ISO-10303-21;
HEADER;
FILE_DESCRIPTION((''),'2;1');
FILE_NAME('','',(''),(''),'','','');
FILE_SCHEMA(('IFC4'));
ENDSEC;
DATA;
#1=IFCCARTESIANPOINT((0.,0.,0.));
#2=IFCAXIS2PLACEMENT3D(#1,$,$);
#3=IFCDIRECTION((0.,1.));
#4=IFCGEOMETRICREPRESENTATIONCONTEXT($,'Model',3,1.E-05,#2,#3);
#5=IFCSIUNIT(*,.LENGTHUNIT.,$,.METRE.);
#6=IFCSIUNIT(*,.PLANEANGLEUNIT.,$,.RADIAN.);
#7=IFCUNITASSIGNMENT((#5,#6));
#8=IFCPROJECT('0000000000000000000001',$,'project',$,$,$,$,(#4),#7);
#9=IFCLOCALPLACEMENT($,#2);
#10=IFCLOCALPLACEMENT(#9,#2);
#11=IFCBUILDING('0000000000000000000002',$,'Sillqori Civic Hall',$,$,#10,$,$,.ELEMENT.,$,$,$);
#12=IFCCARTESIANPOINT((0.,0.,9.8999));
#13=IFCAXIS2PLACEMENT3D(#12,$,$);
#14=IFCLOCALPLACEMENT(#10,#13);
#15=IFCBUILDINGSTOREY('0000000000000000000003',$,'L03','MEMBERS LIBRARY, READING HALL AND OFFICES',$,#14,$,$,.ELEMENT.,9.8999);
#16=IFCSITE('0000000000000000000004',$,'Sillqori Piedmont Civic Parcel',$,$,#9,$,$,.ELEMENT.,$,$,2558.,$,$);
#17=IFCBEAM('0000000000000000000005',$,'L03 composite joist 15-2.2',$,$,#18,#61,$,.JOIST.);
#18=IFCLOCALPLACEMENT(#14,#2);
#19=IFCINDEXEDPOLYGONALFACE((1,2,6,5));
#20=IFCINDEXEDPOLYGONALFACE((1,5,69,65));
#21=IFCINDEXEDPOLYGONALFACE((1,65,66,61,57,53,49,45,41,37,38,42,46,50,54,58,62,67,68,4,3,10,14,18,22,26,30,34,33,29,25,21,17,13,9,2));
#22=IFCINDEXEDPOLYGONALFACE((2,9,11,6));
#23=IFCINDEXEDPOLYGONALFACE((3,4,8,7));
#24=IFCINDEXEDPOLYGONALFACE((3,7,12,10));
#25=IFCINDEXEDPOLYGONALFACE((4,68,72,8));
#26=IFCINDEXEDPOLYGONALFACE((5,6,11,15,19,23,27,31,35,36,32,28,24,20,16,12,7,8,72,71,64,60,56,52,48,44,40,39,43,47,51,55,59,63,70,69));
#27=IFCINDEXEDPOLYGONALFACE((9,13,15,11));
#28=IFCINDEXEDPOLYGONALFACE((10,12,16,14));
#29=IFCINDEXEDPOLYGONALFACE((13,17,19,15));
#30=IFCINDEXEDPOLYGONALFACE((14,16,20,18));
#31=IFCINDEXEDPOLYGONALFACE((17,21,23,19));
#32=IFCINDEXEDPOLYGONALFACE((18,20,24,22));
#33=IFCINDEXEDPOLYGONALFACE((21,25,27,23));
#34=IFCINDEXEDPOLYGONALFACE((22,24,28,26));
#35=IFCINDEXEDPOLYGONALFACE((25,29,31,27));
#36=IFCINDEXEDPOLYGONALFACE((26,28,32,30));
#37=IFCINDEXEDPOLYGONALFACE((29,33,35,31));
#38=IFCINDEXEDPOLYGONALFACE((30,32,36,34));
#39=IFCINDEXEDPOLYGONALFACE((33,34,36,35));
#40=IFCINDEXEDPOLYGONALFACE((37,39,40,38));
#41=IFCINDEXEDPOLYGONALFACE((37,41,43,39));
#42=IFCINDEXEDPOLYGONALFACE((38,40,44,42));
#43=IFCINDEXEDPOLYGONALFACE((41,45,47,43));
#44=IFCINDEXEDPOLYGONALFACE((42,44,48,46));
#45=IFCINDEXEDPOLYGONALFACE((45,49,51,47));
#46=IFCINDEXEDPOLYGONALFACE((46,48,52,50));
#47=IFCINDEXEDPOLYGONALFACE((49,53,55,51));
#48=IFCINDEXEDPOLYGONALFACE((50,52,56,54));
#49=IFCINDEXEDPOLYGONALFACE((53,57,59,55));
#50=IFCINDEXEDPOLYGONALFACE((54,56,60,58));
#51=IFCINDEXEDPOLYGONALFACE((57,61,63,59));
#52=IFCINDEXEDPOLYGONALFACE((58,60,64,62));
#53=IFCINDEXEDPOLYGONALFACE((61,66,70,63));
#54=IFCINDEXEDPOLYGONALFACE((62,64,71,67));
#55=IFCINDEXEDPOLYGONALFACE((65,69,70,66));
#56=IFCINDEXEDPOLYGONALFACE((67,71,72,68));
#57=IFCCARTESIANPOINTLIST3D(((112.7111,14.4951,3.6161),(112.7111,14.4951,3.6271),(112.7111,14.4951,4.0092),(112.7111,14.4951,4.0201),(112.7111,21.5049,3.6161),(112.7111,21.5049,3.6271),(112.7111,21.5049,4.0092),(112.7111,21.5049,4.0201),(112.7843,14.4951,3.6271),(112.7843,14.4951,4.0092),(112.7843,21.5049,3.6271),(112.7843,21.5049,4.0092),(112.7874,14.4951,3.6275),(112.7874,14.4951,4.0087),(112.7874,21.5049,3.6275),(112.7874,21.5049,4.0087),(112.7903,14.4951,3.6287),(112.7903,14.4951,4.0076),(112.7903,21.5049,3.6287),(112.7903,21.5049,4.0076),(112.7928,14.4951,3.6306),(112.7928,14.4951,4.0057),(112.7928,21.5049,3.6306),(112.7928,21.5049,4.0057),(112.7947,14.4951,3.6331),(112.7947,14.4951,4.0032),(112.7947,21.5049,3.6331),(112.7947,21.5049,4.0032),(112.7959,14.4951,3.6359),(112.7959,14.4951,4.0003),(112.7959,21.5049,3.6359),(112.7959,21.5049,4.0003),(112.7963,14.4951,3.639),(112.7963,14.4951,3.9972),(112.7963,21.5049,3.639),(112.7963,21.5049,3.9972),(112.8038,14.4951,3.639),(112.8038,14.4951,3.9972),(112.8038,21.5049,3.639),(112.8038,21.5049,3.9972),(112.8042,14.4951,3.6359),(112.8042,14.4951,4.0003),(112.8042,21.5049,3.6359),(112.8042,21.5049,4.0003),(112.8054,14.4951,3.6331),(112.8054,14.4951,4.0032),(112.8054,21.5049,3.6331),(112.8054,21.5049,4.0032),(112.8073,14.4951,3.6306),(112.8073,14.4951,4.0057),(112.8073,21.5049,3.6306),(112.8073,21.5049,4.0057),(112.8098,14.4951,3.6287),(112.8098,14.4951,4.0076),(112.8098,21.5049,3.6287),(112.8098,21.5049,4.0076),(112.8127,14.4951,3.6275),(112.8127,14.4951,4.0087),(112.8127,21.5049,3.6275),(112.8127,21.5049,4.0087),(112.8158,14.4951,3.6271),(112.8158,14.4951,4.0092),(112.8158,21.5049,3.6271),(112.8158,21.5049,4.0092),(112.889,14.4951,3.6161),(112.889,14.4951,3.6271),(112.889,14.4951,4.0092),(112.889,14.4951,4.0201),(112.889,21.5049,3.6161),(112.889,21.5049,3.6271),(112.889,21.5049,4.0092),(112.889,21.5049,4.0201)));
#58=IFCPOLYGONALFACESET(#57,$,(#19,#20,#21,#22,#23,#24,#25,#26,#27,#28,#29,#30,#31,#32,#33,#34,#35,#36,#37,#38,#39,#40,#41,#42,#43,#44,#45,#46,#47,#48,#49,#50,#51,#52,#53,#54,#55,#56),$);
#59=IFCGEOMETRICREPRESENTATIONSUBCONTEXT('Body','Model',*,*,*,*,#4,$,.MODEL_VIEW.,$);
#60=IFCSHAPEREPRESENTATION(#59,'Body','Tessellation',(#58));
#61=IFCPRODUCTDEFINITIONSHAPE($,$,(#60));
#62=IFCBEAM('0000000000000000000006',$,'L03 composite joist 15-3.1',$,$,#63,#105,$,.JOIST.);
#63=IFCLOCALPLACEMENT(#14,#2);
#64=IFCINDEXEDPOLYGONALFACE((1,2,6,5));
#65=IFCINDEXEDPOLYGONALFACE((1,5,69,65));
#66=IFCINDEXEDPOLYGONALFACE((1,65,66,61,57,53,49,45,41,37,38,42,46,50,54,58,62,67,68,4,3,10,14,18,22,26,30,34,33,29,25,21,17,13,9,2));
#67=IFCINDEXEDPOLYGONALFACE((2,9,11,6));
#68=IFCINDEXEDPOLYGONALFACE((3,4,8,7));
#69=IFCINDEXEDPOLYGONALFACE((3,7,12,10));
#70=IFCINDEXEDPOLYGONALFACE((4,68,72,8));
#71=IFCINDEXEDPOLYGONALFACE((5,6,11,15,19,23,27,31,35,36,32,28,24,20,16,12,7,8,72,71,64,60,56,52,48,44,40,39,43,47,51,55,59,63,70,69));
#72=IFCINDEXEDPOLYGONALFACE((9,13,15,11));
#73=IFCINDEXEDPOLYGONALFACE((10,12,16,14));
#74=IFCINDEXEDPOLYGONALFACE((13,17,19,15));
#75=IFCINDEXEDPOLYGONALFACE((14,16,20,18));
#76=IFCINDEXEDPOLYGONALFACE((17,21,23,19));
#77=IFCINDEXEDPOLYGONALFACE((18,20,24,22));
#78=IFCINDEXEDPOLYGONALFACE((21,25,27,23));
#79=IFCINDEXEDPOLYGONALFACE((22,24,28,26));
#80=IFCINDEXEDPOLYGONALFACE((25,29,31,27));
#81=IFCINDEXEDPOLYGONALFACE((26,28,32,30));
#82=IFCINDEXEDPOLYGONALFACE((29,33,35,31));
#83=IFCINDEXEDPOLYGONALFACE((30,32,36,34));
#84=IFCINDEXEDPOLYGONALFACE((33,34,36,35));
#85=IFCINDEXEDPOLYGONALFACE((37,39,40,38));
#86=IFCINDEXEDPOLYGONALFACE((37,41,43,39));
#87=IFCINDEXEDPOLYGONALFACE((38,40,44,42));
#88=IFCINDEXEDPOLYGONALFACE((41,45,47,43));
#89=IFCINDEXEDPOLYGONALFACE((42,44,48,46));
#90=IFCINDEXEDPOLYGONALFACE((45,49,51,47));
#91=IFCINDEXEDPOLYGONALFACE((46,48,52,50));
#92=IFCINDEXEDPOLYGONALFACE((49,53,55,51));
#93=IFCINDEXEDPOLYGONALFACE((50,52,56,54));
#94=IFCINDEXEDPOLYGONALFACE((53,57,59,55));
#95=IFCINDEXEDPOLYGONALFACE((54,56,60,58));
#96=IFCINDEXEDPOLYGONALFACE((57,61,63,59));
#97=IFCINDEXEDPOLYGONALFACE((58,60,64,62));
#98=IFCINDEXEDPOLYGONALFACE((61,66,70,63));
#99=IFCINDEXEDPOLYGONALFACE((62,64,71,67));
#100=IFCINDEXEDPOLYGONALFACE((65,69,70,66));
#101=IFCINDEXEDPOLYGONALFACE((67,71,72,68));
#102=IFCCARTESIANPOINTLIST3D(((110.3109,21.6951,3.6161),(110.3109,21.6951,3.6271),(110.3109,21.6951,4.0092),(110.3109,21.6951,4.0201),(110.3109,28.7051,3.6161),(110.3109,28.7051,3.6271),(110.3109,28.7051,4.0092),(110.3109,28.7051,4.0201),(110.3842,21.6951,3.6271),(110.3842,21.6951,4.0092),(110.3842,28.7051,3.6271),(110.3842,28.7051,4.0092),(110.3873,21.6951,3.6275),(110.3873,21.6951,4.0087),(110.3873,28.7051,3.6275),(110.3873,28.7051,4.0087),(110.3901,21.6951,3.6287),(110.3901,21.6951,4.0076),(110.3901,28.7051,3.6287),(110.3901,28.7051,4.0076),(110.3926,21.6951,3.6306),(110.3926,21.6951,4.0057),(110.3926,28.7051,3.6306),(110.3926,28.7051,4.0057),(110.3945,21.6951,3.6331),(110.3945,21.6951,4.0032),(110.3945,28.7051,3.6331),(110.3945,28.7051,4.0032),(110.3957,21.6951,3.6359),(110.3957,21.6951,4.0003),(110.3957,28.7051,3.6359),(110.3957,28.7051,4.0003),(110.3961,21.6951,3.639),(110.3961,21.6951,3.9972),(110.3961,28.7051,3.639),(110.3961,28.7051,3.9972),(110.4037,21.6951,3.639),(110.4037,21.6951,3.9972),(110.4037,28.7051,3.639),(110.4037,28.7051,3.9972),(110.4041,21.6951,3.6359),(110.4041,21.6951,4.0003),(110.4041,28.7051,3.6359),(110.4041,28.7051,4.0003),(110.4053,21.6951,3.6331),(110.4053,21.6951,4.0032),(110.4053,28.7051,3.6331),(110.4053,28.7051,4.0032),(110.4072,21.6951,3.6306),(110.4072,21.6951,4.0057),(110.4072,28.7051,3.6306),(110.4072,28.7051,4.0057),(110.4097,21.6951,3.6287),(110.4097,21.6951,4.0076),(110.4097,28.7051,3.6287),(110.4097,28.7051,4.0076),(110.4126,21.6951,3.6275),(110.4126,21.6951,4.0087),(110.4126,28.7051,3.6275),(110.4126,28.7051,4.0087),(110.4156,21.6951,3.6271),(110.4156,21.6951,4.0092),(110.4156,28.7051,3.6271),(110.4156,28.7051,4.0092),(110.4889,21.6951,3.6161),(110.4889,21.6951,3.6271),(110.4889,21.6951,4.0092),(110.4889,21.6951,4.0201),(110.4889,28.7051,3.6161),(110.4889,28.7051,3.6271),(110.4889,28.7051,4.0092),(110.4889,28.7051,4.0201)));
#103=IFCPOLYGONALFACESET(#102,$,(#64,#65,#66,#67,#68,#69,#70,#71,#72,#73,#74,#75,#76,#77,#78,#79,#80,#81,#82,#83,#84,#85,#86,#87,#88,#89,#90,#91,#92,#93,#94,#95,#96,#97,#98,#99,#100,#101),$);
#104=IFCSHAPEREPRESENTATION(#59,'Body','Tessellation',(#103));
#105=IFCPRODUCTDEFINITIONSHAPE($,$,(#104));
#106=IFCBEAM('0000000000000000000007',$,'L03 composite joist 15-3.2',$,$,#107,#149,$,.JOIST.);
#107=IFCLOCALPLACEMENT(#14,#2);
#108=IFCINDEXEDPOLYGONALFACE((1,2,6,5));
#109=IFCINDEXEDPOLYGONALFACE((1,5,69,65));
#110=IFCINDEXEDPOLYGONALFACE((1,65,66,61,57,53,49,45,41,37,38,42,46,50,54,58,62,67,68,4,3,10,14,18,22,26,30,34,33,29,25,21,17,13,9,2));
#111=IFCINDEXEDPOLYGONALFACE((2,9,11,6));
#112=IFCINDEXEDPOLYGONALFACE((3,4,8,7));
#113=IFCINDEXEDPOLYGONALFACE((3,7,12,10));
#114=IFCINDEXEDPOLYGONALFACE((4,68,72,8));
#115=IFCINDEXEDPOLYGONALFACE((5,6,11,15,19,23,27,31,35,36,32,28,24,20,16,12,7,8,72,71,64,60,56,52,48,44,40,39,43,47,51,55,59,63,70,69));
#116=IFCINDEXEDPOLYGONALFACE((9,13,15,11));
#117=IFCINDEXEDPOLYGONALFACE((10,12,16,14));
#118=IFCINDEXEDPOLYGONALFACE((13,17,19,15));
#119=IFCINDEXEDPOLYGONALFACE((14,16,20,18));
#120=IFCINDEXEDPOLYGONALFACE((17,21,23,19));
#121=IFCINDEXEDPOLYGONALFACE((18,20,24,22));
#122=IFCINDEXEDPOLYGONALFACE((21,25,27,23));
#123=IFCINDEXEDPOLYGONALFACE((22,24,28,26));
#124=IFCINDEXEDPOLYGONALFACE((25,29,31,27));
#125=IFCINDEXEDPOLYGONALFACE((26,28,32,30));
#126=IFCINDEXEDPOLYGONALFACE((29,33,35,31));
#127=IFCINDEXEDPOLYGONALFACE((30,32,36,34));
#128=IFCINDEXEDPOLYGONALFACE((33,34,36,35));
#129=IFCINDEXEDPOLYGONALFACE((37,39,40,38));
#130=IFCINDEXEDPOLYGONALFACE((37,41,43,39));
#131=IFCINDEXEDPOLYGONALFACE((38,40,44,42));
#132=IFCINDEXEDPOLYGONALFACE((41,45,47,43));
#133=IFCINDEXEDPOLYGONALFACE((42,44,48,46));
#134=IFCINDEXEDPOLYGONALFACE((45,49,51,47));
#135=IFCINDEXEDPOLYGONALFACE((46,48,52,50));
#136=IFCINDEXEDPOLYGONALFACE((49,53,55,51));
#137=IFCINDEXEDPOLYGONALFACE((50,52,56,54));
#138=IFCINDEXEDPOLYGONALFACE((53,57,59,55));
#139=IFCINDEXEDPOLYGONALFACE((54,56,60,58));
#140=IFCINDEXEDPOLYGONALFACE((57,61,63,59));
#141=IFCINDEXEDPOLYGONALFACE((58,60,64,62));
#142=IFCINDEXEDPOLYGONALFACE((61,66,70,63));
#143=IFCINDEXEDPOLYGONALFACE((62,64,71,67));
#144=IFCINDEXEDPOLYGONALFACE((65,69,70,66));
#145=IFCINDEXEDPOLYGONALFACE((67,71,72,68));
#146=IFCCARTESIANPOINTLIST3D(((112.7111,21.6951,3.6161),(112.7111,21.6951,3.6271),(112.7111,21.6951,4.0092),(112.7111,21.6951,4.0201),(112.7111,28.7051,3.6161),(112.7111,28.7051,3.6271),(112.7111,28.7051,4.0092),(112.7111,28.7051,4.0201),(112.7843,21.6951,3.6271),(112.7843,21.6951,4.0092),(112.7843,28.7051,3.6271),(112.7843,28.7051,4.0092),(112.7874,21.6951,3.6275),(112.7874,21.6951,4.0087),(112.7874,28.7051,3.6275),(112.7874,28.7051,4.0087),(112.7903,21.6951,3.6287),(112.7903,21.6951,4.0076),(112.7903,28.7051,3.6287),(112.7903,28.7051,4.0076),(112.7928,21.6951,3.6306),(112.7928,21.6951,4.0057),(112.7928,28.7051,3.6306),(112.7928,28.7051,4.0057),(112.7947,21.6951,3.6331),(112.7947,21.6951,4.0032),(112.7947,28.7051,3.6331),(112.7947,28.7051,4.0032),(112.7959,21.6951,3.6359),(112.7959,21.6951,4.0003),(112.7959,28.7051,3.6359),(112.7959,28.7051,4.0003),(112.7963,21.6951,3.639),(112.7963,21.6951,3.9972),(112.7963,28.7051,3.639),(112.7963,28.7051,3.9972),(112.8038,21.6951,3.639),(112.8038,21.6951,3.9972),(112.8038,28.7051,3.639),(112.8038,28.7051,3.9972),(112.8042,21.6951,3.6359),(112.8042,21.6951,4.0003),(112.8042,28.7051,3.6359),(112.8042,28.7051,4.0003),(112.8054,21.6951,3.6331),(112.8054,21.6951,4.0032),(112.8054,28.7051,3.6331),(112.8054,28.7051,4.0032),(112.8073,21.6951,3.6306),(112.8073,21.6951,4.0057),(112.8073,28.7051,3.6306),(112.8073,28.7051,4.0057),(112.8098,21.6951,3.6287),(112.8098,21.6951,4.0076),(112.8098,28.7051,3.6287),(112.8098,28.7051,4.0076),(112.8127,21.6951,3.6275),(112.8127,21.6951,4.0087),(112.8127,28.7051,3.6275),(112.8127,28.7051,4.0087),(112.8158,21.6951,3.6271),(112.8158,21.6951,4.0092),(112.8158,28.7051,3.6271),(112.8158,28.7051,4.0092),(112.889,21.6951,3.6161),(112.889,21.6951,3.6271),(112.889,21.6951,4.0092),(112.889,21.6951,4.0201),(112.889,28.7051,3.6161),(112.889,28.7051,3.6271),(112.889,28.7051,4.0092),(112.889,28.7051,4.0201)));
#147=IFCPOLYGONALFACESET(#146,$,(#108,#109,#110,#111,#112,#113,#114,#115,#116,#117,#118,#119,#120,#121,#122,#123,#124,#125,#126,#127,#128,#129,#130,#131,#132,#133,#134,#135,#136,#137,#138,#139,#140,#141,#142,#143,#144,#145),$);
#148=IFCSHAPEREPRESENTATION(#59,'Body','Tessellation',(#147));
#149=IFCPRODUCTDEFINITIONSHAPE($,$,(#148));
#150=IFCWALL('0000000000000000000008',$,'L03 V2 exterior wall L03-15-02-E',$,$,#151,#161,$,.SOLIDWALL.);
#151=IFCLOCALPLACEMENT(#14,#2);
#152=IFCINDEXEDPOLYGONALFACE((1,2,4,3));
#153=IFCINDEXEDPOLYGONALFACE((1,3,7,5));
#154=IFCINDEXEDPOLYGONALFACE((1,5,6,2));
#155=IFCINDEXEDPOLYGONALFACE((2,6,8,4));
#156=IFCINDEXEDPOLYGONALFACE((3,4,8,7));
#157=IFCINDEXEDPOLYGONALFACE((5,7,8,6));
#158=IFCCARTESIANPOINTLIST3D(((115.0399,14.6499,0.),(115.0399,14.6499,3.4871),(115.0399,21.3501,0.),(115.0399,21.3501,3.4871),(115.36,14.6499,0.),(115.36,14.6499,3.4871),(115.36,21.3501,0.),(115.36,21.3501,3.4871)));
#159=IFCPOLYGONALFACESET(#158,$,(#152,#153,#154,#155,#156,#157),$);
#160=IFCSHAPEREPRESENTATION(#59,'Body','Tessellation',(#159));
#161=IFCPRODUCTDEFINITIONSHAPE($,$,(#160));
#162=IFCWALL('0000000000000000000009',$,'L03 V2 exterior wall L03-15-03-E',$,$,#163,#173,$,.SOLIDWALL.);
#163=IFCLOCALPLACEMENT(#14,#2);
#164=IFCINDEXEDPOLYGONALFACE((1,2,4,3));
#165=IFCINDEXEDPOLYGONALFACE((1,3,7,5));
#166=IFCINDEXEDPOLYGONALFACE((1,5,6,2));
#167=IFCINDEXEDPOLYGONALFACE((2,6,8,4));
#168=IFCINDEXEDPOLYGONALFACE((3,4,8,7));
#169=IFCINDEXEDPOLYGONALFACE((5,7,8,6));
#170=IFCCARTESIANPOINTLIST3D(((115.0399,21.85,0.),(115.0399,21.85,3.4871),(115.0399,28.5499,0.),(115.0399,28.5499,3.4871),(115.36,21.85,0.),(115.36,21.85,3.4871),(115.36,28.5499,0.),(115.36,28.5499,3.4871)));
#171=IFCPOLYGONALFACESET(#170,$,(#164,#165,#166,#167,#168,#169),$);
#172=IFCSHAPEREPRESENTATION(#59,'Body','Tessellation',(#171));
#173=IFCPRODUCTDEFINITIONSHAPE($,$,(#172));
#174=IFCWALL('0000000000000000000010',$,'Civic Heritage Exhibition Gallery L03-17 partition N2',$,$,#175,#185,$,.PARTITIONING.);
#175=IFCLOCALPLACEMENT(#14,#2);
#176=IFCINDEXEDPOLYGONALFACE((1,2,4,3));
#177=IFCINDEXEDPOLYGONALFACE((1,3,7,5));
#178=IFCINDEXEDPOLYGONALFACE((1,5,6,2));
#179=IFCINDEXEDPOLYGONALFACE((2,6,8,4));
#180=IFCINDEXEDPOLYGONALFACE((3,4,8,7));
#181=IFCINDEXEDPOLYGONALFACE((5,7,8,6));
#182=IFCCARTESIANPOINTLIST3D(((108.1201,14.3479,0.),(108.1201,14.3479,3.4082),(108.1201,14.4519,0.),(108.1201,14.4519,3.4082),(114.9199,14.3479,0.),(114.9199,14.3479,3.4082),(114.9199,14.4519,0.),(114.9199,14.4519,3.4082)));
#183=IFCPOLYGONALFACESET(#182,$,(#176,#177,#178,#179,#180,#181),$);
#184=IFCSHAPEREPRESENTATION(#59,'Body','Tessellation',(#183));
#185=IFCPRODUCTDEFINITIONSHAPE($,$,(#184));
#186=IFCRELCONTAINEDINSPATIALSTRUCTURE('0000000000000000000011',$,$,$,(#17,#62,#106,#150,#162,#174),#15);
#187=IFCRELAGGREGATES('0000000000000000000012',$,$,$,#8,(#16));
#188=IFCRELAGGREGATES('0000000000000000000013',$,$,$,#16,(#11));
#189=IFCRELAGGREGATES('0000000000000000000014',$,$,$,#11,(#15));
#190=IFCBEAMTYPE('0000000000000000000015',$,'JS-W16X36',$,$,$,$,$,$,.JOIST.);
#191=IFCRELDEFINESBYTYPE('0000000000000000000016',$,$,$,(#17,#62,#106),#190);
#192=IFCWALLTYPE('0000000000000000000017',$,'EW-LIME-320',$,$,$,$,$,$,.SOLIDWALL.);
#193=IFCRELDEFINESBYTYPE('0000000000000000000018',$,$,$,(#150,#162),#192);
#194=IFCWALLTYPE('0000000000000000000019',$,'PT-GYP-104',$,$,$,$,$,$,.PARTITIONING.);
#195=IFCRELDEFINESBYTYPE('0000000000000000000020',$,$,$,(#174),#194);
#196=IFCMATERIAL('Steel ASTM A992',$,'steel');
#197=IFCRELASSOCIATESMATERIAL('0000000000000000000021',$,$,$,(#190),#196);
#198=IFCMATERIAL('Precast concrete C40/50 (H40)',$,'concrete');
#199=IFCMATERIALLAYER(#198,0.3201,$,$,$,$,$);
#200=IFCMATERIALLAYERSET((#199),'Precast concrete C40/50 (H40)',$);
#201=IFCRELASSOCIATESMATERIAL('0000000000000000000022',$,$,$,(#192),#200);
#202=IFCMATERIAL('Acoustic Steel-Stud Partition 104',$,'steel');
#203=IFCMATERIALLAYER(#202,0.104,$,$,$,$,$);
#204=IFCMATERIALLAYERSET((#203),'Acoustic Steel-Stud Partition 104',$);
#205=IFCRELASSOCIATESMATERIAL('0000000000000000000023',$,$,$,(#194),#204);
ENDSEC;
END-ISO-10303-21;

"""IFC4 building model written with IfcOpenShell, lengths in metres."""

from ifc_helpers import new_model, si_unit, direction, frame, frame_2d, origin, origin_2d, place, context, subcontext, project, spatial, rectangle, i_section, extrude, material, layer, layer_set, material_profile, profile_set, type_object, element, save


model = new_model("IFC4")

# Units and contexts
model_context = context("Model", 3, precision=1e-05, world=origin(), true_north=direction((0.0, 1.0)))
body_context = subcontext(model_context, "Body", "Model", "MODEL_VIEW")
ifc_project = project(units=[si_unit("LENGTHUNIT", "METRE"), si_unit("PLANEANGLEUNIT", "RADIAN")], contexts=[model_context])

# Site, building, storey
site_placement = place(None, origin())
site = spatial("IfcSite", under=ifc_project, at=site_placement, Name="Sillqori Piedmont Civic Parcel", CompositionType="ELEMENT", RefElevation=2558.0)
building_placement = place(site_placement, origin())
building = spatial("IfcBuilding", under=site, at=building_placement, Name="Sillqori Civic Hall", CompositionType="ELEMENT")
storey_placement = place(building_placement, frame((0.0, 0.0, 9.8999)))
storey = spatial("IfcBuildingStorey", under=building, at=storey_placement, Name="L03", Description="MEMBERS LIBRARY, READING HALL AND OFFICES", CompositionType="ELEMENT", Elevation=9.8999)

# Shared definitions
ifc_material_1 = material(Name="Steel ASTM A992", Category="steel")

# Beams
ifc_material_profile_1 = material_profile(ifc_material_1, i_section(OverallWidth=0.178, OverallDepth=0.4041, WebThickness=0.0076, FlangeThickness=0.011, FilletRadius=0.012, at=origin_2d()), Name="W16X36")
ifc_profile_set_1 = profile_set([ifc_material_profile_1], Name="Steel ASTM A992")
beam_type_1 = type_object("IfcBeamType", Name="JS-W16X36", PredefinedType="JOIST", material=ifc_profile_set_1)
for number, where, z_axis, x_axis, name in (
    (1, (112.8, 14.4951, 3.8181), (0.0, 1.0, 0.0), (-1.0, 0.0, 0.0), "L03 composite joist 15-2.2"),
):
    element("IfcBeam", number, at=place(storey_placement, frame(where, z_axis=z_axis, x_axis=x_axis)), inside=storey, type_object=beam_type_1, Name=name, PredefinedType="JOIST", context=body_context, shape_type="SweptSolid", body=[
        extrude(i_section(OverallWidth=0.178, OverallDepth=0.4041, WebThickness=0.0076, FlangeThickness=0.011, FilletRadius=0.012, at=origin_2d()), origin(), (0.0, 0.0, 1.0), 7.0098),
    ])
for number, where, z_axis, x_axis, name in (
    (2, (110.3999, 21.6951, 3.8181), (0.0, 1.0, 0.0), (-1.0, 0.0, 0.0), "L03 composite joist 15-3.1"),
    (3, (112.8, 21.6951, 3.8181), (0.0, 1.0, 0.0), (-1.0, 0.0, 0.0), "L03 composite joist 15-3.2"),
):
    element("IfcBeam", number, at=place(storey_placement, frame(where, z_axis=z_axis, x_axis=x_axis)), inside=storey, type_object=beam_type_1, Name=name, PredefinedType="JOIST", context=body_context, shape_type="SweptSolid", body=[
        extrude(i_section(OverallWidth=0.178, OverallDepth=0.4041, WebThickness=0.0076, FlangeThickness=0.011, FilletRadius=0.012, at=origin_2d()), origin(), (0.0, 0.0, 1.0), 7.01),
    ])

# Walls
ifc_material_2 = material(Name="Precast concrete C40/50 (H40)", Category="concrete")
ifc_layer_1 = layer(ifc_material_2, 0.3201)
ifc_layer_set_1 = layer_set([ifc_layer_1], Name="Precast concrete C40/50 (H40)")
wall_type_1 = type_object("IfcWallType", Name="EW-LIME-320", PredefinedType="SOLIDWALL", material=ifc_layer_set_1)
wall_1_placement = place(storey_placement, frame((115.2, 21.3501, 0.0), z_axis=(0.0, 0.0, 1.0), x_axis=(0.0, -1.0, 0.0)))
element("IfcWall", 4, at=wall_1_placement, inside=storey, type_object=wall_type_1, Name="L03 V2 exterior wall L03-15-02-E", PredefinedType="SOLIDWALL", context=body_context, shape_type="SweptSolid", body=[
    extrude(rectangle(XDim=6.7002, YDim=0.3201, at=frame_2d((3.3501, 0.0))), origin(), (0.0, 0.0, 1.0), 3.4871),
])
wall_2_placement = place(storey_placement, frame((115.2, 28.55, 0.0), z_axis=(0.0, 0.0, 1.0), x_axis=(0.0, -1.0, 0.0)))
element("IfcWall", 5, at=wall_2_placement, inside=storey, type_object=wall_type_1, Name="L03 V2 exterior wall L03-15-03-E", PredefinedType="SOLIDWALL", context=body_context, shape_type="SweptSolid", body=[
    extrude(rectangle(XDim=6.7, YDim=0.3201, at=frame_2d((3.3501, 0.0))), origin(), (0.0, 0.0, 1.0), 3.4871),
])
ifc_material_3 = material(Name="Acoustic Steel-Stud Partition 104", Category="steel")
ifc_layer_2 = layer(ifc_material_3, 0.104)
ifc_layer_set_2 = layer_set([ifc_layer_2], Name="Acoustic Steel-Stud Partition 104")
wall_type_2 = type_object("IfcWallType", Name="PT-GYP-104", PredefinedType="PARTITIONING", material=ifc_layer_set_2)
wall_3_placement = place(storey_placement, frame((108.1201, 14.3999, 0.0), z_axis=(0.0, 0.0, 1.0), x_axis=(1.0, 0.0, 0.0)))
element("IfcWall", 6, at=wall_3_placement, inside=storey, type_object=wall_type_2, Name="Civic Heritage Exhibition Gallery L03-17 partition N2", PredefinedType="PARTITIONING", context=body_context, shape_type="SweptSolid", body=[
    extrude(rectangle(XDim=6.7998, YDim=0.104, at=frame_2d((3.3999, 0.0))), origin(), (0.0, 0.0, 1.0), 3.4082),
])

save(model, "model.ifc")
